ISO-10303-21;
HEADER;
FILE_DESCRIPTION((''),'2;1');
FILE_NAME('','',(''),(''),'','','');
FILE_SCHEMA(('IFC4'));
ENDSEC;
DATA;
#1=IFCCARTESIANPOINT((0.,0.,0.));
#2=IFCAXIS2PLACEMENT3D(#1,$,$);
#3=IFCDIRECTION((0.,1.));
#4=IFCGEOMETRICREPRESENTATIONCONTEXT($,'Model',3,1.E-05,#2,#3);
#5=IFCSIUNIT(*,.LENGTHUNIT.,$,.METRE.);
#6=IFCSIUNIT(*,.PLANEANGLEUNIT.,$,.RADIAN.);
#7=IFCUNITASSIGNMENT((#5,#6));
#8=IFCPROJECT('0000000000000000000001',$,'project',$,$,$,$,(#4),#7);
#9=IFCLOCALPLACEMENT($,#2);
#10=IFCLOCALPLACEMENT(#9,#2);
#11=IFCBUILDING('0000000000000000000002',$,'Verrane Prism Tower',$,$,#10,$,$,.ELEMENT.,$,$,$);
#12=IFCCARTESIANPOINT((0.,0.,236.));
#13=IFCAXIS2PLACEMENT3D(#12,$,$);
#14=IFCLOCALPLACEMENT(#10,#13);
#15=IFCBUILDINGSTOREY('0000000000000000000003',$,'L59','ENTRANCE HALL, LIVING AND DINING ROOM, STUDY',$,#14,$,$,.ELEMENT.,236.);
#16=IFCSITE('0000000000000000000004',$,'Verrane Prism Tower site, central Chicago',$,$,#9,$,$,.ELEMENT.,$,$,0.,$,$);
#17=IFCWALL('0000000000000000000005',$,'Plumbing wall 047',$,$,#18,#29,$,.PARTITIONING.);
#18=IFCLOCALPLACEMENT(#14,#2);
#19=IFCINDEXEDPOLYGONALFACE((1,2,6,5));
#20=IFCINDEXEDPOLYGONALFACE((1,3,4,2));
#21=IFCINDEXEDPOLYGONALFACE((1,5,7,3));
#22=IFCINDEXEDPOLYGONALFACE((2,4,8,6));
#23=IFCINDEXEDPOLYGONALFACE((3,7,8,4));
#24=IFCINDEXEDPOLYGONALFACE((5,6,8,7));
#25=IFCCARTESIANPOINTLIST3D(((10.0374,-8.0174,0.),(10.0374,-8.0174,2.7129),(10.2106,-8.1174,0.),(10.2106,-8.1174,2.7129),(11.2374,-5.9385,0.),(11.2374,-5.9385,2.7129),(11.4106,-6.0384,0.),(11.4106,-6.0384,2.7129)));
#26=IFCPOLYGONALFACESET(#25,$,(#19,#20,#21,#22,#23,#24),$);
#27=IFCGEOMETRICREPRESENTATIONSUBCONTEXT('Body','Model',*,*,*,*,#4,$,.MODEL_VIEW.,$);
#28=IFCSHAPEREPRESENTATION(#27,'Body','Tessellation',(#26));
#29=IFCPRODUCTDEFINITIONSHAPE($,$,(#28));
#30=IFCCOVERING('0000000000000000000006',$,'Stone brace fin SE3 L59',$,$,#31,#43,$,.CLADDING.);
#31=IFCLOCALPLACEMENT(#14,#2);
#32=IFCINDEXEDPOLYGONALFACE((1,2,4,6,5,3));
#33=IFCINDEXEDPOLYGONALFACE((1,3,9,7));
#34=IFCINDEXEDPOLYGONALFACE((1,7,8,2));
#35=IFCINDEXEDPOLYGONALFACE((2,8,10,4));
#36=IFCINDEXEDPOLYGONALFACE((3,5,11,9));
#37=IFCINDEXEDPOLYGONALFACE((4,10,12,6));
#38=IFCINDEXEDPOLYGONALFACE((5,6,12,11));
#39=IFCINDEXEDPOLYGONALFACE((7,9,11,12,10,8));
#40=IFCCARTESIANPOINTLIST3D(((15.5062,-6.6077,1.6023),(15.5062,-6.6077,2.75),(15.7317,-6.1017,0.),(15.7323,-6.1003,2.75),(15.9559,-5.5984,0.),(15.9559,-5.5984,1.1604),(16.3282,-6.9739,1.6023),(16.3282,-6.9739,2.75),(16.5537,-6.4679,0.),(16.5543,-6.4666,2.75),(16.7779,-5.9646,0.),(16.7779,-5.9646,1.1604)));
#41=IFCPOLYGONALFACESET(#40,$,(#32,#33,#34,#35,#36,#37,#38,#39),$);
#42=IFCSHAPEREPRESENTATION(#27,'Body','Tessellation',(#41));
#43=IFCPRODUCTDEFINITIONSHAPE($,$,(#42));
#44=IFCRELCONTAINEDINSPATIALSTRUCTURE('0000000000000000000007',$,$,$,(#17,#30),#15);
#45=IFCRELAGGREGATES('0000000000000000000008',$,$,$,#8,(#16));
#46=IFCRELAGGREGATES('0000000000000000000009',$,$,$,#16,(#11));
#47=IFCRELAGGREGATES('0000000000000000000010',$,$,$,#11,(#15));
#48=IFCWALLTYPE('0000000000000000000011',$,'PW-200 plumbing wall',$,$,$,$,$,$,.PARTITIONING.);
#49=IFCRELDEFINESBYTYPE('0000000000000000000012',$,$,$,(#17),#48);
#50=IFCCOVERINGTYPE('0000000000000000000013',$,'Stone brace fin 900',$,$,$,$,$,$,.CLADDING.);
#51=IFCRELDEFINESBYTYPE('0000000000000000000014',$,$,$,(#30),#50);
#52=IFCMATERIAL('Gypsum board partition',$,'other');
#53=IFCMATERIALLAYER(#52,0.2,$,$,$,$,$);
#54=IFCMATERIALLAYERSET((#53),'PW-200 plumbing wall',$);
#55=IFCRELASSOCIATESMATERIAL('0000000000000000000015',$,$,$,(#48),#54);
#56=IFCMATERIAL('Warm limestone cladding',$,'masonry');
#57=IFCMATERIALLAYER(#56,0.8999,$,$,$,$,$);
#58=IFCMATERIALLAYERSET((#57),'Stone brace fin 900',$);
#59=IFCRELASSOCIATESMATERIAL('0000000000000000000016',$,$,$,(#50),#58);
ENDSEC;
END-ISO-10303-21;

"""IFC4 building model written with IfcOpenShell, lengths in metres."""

from ifc_helpers import new_model, si_unit, direction, frame, frame_2d, origin, place, context, subcontext, project, spatial, polyline, rectangle, outline, extrude, material, layer, layer_set, type_object, element, save


model = new_model("IFC4")

# Units and contexts
model_context = context("Model", 3, precision=1e-05, world=origin(), true_north=direction((0.0, 1.0)))
body_context = subcontext(model_context, "Body", "Model", "MODEL_VIEW")
ifc_project = project(units=[si_unit("LENGTHUNIT", "METRE"), si_unit("PLANEANGLEUNIT", "RADIAN")], contexts=[model_context])

# Site, building, storey
site_placement = place(None, origin())
site = spatial("IfcSite", under=ifc_project, at=site_placement, Name="Verrane Prism Tower site, central Chicago", CompositionType="ELEMENT", RefElevation=0.0)
building_placement = place(site_placement, origin())
building = spatial("IfcBuilding", under=site, at=building_placement, Name="Verrane Prism Tower", CompositionType="ELEMENT")
storey_placement = place(building_placement, frame((0.0, 0.0, 236.0)))
storey = spatial("IfcBuildingStorey", under=building, at=storey_placement, Name="L59", Description="ENTRANCE HALL, LIVING AND DINING ROOM, STUDY", CompositionType="ELEMENT", Elevation=236.0)

# Shared definitions
ifc_material_1 = material(Name="Gypsum board partition", Category="other")
ifc_layer_1 = layer(ifc_material_1, 0.2)
ifc_layer_set_1 = layer_set([ifc_layer_1], Name="PW-200 plumbing wall")
wall_type_1 = type_object("IfcWallType", Name="PW-200 plumbing wall", PredefinedType="PARTITIONING", material=ifc_layer_set_1)

# Wall
wall_1_placement = place(storey_placement, frame((10.124, -8.0674, 0.0), z_axis=(0.0, 0.0, 1.0), x_axis=(0.499913, 0.866075, 0.0)))
element("IfcWall", 1, at=wall_1_placement, inside=storey, type_object=wall_type_1, Name="Plumbing wall 047", PredefinedType="PARTITIONING", context=body_context, shape_type="SweptSolid", body=[
    extrude(rectangle(XDim=2.4004, YDim=0.2, at=frame_2d((1.2002, 0.0))), origin(), (0.0, 0.0, 1.0), 2.7129),
])

# Covering
ifc_material_2 = material(Name="Warm limestone cladding", Category="masonry")
ifc_layer_2 = layer(ifc_material_2, 0.8999)
ifc_layer_set_2 = layer_set([ifc_layer_2], Name="Stone brace fin 900")
covering_type = type_object("IfcCoveringType", Name="Stone brace fin 900", PredefinedType="CLADDING", material=ifc_layer_set_2)
covering_placement = place(storey_placement, frame((16.3669, -5.7815, 0.0), z_axis=(0.0, 0.0, 1.0), x_axis=(-0.406999, -0.913428, 0.0)))
element("IfcCovering", 2, at=covering_placement, inside=storey, type_object=covering_type, Name="Stone brace fin SE3 L59", PredefinedType="CLADDING", context=body_context, shape_type="SweptSolid", body=[
    extrude(outline(polyline([(1.105, 2.75), (0.5496, 2.75), (0.0, 1.1604), (0.0, 0.0), (0.551, 0.0), (1.105, 1.6023), (1.105, 2.75)])), frame((0.0, 0.45, 0.0), z_axis=(0.0, -1.0, 0.0), x_axis=(1.0, 0.0, 0.0)), (0.0, 0.0, 1.0), 0.8999),
])

save(model, "model.ifc")
